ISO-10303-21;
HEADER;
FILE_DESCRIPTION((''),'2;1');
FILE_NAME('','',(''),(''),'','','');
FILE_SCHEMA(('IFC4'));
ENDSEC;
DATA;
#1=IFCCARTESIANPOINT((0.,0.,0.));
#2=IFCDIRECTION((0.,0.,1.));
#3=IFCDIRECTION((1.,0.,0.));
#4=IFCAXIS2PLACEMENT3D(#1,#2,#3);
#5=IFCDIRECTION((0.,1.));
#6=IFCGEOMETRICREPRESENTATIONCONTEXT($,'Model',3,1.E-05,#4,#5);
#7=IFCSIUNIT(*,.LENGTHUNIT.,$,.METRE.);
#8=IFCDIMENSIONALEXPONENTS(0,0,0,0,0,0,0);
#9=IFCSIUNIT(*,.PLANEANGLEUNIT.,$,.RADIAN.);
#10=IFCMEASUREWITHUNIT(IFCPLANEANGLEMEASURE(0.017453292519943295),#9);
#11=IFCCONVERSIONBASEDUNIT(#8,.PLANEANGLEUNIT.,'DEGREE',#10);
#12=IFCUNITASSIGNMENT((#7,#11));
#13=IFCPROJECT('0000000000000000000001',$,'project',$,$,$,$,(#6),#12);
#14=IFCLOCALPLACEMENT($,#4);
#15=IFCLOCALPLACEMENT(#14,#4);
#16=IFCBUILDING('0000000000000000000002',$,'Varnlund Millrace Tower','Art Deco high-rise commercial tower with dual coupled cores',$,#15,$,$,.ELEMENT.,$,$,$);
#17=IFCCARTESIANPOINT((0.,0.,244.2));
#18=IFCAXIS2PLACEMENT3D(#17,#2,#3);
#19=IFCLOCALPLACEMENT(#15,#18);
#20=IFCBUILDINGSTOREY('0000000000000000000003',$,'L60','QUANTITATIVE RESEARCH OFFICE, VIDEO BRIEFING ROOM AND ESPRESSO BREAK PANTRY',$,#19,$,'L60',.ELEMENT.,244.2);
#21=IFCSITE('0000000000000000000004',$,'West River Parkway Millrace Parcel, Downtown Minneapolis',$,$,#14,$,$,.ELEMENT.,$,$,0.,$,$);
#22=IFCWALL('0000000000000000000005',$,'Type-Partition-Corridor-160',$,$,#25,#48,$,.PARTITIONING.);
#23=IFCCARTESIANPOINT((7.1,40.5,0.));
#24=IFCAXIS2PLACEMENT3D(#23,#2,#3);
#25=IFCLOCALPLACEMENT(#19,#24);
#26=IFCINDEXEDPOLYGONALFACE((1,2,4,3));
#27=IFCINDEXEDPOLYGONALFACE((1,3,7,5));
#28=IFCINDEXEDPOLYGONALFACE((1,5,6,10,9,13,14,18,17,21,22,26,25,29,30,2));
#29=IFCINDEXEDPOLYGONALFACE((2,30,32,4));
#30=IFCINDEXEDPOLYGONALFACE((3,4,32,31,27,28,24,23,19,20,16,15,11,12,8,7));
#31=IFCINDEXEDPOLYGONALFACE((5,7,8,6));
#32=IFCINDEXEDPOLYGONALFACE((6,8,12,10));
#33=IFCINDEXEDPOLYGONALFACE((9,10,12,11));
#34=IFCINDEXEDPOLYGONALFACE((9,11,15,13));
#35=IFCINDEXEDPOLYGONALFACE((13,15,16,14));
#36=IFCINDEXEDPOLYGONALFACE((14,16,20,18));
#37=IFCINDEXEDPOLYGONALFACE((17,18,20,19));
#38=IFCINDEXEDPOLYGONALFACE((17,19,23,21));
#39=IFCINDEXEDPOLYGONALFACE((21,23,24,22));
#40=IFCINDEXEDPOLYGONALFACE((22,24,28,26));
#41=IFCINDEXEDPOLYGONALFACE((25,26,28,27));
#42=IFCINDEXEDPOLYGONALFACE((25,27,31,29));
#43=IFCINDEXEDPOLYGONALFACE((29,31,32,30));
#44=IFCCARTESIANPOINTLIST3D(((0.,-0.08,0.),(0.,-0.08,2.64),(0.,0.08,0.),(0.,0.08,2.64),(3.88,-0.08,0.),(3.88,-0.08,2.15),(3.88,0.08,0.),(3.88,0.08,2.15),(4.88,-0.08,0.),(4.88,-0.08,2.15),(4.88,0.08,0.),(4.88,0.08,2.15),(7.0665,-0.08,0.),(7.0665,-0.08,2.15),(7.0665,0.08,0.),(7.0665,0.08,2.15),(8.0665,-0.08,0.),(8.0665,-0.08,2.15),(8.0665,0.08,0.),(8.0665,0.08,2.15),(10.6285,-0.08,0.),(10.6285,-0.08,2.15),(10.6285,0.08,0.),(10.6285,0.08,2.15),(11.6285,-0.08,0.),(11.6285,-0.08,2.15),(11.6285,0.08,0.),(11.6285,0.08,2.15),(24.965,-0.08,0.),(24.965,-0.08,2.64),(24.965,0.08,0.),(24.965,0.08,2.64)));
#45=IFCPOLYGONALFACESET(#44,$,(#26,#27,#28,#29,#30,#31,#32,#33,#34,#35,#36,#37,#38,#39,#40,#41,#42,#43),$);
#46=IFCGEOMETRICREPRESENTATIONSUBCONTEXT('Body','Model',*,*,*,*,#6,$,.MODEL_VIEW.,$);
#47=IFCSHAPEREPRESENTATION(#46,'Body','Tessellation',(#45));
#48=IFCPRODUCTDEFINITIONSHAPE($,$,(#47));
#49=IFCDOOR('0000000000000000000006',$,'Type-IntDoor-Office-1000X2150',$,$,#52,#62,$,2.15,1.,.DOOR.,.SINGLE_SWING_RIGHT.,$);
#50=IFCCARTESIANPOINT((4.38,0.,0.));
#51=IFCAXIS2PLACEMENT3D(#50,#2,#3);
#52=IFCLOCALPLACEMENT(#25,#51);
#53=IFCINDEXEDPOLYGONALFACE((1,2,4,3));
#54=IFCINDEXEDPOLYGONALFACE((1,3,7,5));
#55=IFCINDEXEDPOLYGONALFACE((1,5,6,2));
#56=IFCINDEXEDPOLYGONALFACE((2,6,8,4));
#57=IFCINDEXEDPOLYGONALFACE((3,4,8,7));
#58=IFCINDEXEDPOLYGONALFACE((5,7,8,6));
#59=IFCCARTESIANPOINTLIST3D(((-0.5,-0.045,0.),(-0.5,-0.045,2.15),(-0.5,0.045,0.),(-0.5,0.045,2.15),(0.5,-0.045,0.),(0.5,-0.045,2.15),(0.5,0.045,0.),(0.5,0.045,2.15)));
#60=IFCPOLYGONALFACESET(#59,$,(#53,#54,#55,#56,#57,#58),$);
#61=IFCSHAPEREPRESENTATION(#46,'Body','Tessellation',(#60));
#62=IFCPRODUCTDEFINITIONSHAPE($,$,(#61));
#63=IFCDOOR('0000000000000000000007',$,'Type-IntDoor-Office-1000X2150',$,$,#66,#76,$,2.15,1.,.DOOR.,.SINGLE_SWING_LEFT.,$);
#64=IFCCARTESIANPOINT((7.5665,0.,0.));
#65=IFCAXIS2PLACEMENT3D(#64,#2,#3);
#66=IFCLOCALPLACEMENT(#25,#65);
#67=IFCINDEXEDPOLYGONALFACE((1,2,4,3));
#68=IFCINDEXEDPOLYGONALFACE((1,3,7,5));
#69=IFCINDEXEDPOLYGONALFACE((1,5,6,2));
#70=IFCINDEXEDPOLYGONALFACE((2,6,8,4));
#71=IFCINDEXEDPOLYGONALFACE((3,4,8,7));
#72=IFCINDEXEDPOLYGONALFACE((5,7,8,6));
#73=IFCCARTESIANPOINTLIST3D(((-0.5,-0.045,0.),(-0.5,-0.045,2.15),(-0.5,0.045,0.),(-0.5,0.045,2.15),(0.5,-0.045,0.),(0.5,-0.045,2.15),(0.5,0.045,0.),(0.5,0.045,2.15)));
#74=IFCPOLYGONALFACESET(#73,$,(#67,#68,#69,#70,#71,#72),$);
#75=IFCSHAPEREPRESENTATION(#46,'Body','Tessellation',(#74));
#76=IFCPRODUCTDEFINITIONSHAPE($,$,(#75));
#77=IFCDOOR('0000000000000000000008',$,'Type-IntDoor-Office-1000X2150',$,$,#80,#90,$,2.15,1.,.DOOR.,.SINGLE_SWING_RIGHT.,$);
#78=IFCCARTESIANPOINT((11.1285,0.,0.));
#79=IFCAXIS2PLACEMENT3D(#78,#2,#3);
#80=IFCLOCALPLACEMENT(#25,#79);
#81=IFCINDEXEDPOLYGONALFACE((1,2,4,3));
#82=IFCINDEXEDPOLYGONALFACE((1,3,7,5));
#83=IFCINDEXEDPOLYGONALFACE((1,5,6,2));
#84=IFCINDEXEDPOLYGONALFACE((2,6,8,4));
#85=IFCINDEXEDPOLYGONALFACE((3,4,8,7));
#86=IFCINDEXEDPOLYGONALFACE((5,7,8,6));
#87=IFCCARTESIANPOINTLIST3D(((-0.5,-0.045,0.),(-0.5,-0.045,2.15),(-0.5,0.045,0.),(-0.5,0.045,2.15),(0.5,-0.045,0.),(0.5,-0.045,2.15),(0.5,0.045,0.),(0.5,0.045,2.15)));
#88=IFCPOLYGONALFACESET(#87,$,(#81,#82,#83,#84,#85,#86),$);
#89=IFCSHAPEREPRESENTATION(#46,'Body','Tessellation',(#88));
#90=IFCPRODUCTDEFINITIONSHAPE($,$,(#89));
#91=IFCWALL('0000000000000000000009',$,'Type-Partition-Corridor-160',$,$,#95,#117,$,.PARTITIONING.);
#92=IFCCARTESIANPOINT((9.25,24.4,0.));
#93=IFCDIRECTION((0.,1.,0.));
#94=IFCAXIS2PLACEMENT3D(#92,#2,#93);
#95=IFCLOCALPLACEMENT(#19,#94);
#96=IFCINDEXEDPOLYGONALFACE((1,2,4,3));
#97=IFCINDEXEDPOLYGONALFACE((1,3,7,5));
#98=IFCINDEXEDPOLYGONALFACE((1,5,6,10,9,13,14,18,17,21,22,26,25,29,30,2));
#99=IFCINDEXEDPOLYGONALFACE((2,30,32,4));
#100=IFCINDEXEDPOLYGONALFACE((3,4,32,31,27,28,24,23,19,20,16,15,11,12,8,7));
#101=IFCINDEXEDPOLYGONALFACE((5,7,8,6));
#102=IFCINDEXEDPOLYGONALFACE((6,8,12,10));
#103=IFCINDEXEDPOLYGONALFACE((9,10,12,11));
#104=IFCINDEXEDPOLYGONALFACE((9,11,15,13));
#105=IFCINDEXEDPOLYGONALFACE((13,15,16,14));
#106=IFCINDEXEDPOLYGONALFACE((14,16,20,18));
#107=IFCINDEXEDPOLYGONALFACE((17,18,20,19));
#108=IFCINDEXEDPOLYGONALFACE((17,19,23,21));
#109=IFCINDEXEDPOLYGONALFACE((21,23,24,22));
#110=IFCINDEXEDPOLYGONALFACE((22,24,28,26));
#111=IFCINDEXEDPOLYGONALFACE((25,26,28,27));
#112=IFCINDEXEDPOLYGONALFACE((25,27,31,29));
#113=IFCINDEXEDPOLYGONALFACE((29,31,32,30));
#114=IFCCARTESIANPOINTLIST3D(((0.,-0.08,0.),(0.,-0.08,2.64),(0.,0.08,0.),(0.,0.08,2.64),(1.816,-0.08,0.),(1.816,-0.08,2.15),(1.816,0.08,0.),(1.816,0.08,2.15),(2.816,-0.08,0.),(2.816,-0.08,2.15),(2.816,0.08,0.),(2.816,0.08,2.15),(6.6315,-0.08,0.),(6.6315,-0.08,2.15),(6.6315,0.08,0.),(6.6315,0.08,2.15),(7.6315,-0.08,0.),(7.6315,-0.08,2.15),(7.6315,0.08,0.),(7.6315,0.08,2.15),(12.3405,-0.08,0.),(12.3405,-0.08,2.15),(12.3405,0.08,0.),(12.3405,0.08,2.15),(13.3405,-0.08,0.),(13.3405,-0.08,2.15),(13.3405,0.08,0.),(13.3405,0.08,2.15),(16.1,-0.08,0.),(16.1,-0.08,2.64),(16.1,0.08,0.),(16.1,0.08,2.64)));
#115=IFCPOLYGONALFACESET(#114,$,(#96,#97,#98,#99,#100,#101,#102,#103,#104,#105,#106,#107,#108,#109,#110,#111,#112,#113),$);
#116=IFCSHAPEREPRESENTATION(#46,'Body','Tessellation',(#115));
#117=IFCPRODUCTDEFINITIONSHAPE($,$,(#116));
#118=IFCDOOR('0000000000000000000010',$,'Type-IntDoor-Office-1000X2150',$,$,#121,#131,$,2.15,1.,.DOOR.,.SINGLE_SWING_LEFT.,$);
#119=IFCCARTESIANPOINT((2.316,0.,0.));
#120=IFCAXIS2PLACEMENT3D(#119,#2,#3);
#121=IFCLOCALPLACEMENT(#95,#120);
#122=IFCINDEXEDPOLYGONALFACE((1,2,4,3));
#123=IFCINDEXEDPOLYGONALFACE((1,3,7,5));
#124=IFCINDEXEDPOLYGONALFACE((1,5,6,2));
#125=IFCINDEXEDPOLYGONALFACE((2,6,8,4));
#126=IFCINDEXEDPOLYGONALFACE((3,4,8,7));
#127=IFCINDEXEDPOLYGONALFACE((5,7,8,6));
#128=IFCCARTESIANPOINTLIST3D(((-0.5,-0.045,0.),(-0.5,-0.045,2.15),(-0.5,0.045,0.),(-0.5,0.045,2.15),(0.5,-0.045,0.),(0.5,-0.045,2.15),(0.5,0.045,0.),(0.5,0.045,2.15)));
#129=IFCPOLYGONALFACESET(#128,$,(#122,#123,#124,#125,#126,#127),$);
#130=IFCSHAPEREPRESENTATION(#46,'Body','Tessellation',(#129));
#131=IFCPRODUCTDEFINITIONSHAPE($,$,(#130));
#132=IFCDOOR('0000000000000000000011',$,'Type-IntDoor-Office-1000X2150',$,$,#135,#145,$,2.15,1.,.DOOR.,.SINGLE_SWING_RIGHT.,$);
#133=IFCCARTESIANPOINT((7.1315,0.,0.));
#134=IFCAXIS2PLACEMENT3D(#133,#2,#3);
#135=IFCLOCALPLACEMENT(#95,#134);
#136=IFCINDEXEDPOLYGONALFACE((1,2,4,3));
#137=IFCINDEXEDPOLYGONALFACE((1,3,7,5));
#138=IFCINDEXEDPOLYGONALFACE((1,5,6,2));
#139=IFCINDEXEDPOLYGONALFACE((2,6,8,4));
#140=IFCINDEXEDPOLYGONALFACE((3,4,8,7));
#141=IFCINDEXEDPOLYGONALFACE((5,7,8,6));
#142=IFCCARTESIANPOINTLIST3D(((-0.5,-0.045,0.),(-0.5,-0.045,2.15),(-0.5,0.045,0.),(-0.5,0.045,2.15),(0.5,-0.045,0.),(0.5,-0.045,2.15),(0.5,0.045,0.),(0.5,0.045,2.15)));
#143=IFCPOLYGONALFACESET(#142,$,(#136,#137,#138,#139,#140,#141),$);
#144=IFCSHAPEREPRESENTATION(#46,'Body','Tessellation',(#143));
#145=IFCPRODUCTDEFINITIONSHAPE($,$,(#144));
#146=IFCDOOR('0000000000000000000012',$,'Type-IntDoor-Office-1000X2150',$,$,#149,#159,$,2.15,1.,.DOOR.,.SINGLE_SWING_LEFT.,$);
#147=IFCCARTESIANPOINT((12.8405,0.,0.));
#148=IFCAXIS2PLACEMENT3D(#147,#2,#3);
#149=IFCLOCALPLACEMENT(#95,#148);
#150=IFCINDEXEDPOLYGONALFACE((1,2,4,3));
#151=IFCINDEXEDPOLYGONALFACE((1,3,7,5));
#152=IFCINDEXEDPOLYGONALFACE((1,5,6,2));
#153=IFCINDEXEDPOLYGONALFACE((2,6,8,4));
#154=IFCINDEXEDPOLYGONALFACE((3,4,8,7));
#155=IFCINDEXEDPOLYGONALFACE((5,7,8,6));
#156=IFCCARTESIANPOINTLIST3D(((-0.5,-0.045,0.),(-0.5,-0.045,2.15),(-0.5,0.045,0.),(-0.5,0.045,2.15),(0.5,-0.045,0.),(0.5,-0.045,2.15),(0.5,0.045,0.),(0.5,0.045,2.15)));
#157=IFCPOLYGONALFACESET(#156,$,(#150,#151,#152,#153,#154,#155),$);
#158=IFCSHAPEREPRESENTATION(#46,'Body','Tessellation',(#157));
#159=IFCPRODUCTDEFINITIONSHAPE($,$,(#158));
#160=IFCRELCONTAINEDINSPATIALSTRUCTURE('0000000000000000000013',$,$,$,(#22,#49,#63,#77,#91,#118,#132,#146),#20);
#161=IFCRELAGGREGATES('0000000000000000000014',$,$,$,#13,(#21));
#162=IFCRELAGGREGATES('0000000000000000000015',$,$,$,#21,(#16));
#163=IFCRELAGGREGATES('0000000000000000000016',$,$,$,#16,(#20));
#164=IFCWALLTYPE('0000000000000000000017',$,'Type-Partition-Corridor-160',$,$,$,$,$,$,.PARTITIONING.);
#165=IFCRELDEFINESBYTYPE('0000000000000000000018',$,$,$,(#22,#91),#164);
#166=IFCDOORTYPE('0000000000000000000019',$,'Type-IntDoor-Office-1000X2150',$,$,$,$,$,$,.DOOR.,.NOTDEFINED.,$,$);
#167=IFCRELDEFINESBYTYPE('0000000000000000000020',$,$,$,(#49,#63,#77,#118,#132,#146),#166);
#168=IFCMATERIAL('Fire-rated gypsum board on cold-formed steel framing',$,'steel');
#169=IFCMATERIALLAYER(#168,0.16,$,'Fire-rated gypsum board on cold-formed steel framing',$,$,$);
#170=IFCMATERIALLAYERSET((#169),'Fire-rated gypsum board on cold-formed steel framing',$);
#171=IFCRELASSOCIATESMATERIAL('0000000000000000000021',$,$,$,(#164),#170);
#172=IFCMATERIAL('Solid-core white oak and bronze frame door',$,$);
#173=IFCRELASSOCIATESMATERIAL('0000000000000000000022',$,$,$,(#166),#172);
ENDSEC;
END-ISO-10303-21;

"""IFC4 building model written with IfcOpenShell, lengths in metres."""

from ifc_helpers import new_model, entity, si_unit, converted_unit, direction, frame, origin_with_axes, origin_2d_with_axis, place, context, subcontext, project, spatial, polyline, rectangle, outline, extrude, material, layer, layer_set, type_object, element, fill, save


model = new_model("IFC4")

# Units and contexts
model_context = context("Model", 3, precision=1e-05, world=origin_with_axes(), true_north=direction((0.0, 1.0)))
body_context = subcontext(model_context, "Body", "Model", "MODEL_VIEW")
ifc_project = project(units=[si_unit("LENGTHUNIT", "METRE"), converted_unit("PLANEANGLEUNIT", "DEGREE", entity("IfcPlaneAngleMeasure", 0.017453292519943295), si_unit("PLANEANGLEUNIT", "RADIAN"), dimensions=[0, 0, 0, 0, 0, 0, 0])], contexts=[model_context])

# Site, building, storey
site_placement = place(None, origin_with_axes())
site = spatial("IfcSite", under=ifc_project, at=site_placement, Name="West River Parkway Millrace Parcel, Downtown Minneapolis", CompositionType="ELEMENT", RefElevation=0.0)
building_placement = place(site_placement, origin_with_axes())
building = spatial("IfcBuilding", under=site, at=building_placement, Name="Varnlund Millrace Tower", Description="Art Deco high-rise commercial tower with dual coupled cores", CompositionType="ELEMENT")
storey_placement = place(building_placement, frame((0.0, 0.0, 244.2), z_axis=(0.0, 0.0, 1.0), x_axis=(1.0, 0.0, 0.0)))
storey = spatial("IfcBuildingStorey", under=building, at=storey_placement, Name="L60", Description="QUANTITATIVE RESEARCH OFFICE, VIDEO BRIEFING ROOM AND ESPRESSO BREAK PANTRY", LongName="L60", CompositionType="ELEMENT", Elevation=244.2)

# Shared definitions
ifc_material_1 = material(Name="Fire-rated gypsum board on cold-formed steel framing", Category="steel")
ifc_layer_1 = layer(ifc_material_1, 0.16, Name="Fire-rated gypsum board on cold-formed steel framing")
ifc_layer_set_1 = layer_set([ifc_layer_1], Name="Fire-rated gypsum board on cold-formed steel framing")
wall_type_1 = type_object("IfcWallType", Name="Type-Partition-Corridor-160", PredefinedType="PARTITIONING", material=ifc_layer_set_1)

# Walls, openings, doors
wall_1_placement = place(storey_placement, frame((7.1, 40.5, 0.0), z_axis=(0.0, 0.0, 1.0), x_axis=(1.0, 0.0, 0.0)))
wall_1 = element("IfcWall", 1, at=wall_1_placement, inside=storey, type_object=wall_type_1, Name="Type-Partition-Corridor-160", PredefinedType="PARTITIONING", context=body_context, shape_type="SweptSolid", body=[
    extrude(outline(polyline([(0.0, -0.08), (24.965, -0.08), (24.965, 0.08), (0.0, 0.08), (0.0, -0.08)])), origin_with_axes(), (0.0, 0.0, 1.0), 2.64),
])
opening_1_placement = place(wall_1_placement, frame((4.38, 0.0, 0.0), z_axis=(0.0, 0.0, 1.0), x_axis=(1.0, 0.0, 0.0)))
opening_1 = element("IfcOpeningElement", 2, at=opening_1_placement, cuts=wall_1, PredefinedType="OPENING", context=body_context, shape_type="SweptSolid", body=[
    extrude(rectangle(XDim=1.0, YDim=0.18, at=origin_2d_with_axis()), origin_with_axes(), (0.0, 0.0, 1.0), 2.15),
])
opening_2_placement = place(wall_1_placement, frame((7.5665, 0.0, 0.0), z_axis=(0.0, 0.0, 1.0), x_axis=(1.0, 0.0, 0.0)))
opening_2 = element("IfcOpeningElement", 3, at=opening_2_placement, cuts=wall_1, PredefinedType="OPENING", context=body_context, shape_type="SweptSolid", body=[
    extrude(rectangle(XDim=1.0, YDim=0.18, at=origin_2d_with_axis()), origin_with_axes(), (0.0, 0.0, 1.0), 2.15),
])
opening_3_placement = place(wall_1_placement, frame((11.1285, 0.0, 0.0), z_axis=(0.0, 0.0, 1.0), x_axis=(1.0, 0.0, 0.0)))
opening_3 = element("IfcOpeningElement", 4, at=opening_3_placement, cuts=wall_1, PredefinedType="OPENING", context=body_context, shape_type="SweptSolid", body=[
    extrude(rectangle(XDim=1.0, YDim=0.18, at=origin_2d_with_axis()), origin_with_axes(), (0.0, 0.0, 1.0), 2.15),
])
ifc_material_2 = material(Name="Solid-core white oak and bronze frame door")
door_type_1 = type_object("IfcDoorType", Name="Type-IntDoor-Office-1000X2150", OperationType="NOTDEFINED", PredefinedType="DOOR", material=ifc_material_2)
door_1_placement = place(wall_1_placement, frame((4.38, 0.0, 0.0), z_axis=(0.0, 0.0, 1.0), x_axis=(1.0, 0.0, 0.0)))
door_1 = element("IfcDoor", 5, at=door_1_placement, inside=storey, type_object=door_type_1, Name="Type-IntDoor-Office-1000X2150", OperationType="SINGLE_SWING_RIGHT", OverallHeight=2.15, OverallWidth=1.0, PredefinedType="DOOR", context=body_context, shape_type="SweptSolid", body=[
    extrude(rectangle(XDim=1.0, YDim=0.09, at=origin_2d_with_axis()), origin_with_axes(), (0.0, 0.0, 1.0), 2.15),
])
fill(opening_1, door_1)
door_2_placement = place(wall_1_placement, frame((7.5665, 0.0, 0.0), z_axis=(0.0, 0.0, 1.0), x_axis=(1.0, 0.0, 0.0)))
door_2 = element("IfcDoor", 6, at=door_2_placement, inside=storey, type_object=door_type_1, Name="Type-IntDoor-Office-1000X2150", OperationType="SINGLE_SWING_LEFT", OverallHeight=2.15, OverallWidth=1.0, PredefinedType="DOOR", context=body_context, shape_type="SweptSolid", body=[
    extrude(rectangle(XDim=1.0, YDim=0.09, at=origin_2d_with_axis()), origin_with_axes(), (0.0, 0.0, 1.0), 2.15),
])
fill(opening_2, door_2)
door_3_placement = place(wall_1_placement, frame((11.1285, 0.0, 0.0), z_axis=(0.0, 0.0, 1.0), x_axis=(1.0, 0.0, 0.0)))
door_3 = element("IfcDoor", 7, at=door_3_placement, inside=storey, type_object=door_type_1, Name="Type-IntDoor-Office-1000X2150", OperationType="SINGLE_SWING_RIGHT", OverallHeight=2.15, OverallWidth=1.0, PredefinedType="DOOR", context=body_context, shape_type="SweptSolid", body=[
    extrude(rectangle(XDim=1.0, YDim=0.09, at=origin_2d_with_axis()), origin_with_axes(), (0.0, 0.0, 1.0), 2.15),
])
fill(opening_3, door_3)
wall_2_placement = place(storey_placement, frame((9.25, 24.4, 0.0), z_axis=(0.0, 0.0, 1.0), x_axis=(0.0, 1.0, 0.0)))
wall_2 = element("IfcWall", 8, at=wall_2_placement, inside=storey, type_object=wall_type_1, Name="Type-Partition-Corridor-160", PredefinedType="PARTITIONING", context=body_context, shape_type="SweptSolid", body=[
    extrude(outline(polyline([(0.0, -0.08), (16.1, -0.08), (16.1, 0.08), (0.0, 0.08), (0.0, -0.08)])), origin_with_axes(), (0.0, 0.0, 1.0), 2.64),
])
opening_4_placement = place(wall_2_placement, frame((2.316, 0.0, 0.0), z_axis=(0.0, 0.0, 1.0), x_axis=(1.0, 0.0, 0.0)))
opening_4 = element("IfcOpeningElement", 9, at=opening_4_placement, cuts=wall_2, PredefinedType="OPENING", context=body_context, shape_type="SweptSolid", body=[
    extrude(rectangle(XDim=1.0, YDim=0.18, at=origin_2d_with_axis()), origin_with_axes(), (0.0, 0.0, 1.0), 2.15),
])
opening_5_placement = place(wall_2_placement, frame((7.1315, 0.0, 0.0), z_axis=(0.0, 0.0, 1.0), x_axis=(1.0, 0.0, 0.0)))
opening_5 = element("IfcOpeningElement", 10, at=opening_5_placement, cuts=wall_2, PredefinedType="OPENING", context=body_context, shape_type="SweptSolid", body=[
    extrude(rectangle(XDim=1.0, YDim=0.18, at=origin_2d_with_axis()), origin_with_axes(), (0.0, 0.0, 1.0), 2.15),
])
opening_6_placement = place(wall_2_placement, frame((12.8405, 0.0, 0.0), z_axis=(0.0, 0.0, 1.0), x_axis=(1.0, 0.0, 0.0)))
opening_6 = element("IfcOpeningElement", 11, at=opening_6_placement, cuts=wall_2, PredefinedType="OPENING", context=body_context, shape_type="SweptSolid", body=[
    extrude(rectangle(XDim=1.0, YDim=0.18, at=origin_2d_with_axis()), origin_with_axes(), (0.0, 0.0, 1.0), 2.15),
])
door_4_placement = place(wall_2_placement, frame((2.316, 0.0, 0.0), z_axis=(0.0, 0.0, 1.0), x_axis=(1.0, 0.0, 0.0)))
door_4 = element("IfcDoor", 12, at=door_4_placement, inside=storey, type_object=door_type_1, Name="Type-IntDoor-Office-1000X2150", OperationType="SINGLE_SWING_LEFT", OverallHeight=2.15, OverallWidth=1.0, PredefinedType="DOOR", context=body_context, shape_type="SweptSolid", body=[
    extrude(rectangle(XDim=1.0, YDim=0.09, at=origin_2d_with_axis()), origin_with_axes(), (0.0, 0.0, 1.0), 2.15),
])
fill(opening_4, door_4)
door_5_placement = place(wall_2_placement, frame((7.1315, 0.0, 0.0), z_axis=(0.0, 0.0, 1.0), x_axis=(1.0, 0.0, 0.0)))
door_5 = element("IfcDoor", 13, at=door_5_placement, inside=storey, type_object=door_type_1, Name="Type-IntDoor-Office-1000X2150", OperationType="SINGLE_SWING_RIGHT", OverallHeight=2.15, OverallWidth=1.0, PredefinedType="DOOR", context=body_context, shape_type="SweptSolid", body=[
    extrude(rectangle(XDim=1.0, YDim=0.09, at=origin_2d_with_axis()), origin_with_axes(), (0.0, 0.0, 1.0), 2.15),
])
fill(opening_5, door_5)
door_6_placement = place(wall_2_placement, frame((12.8405, 0.0, 0.0), z_axis=(0.0, 0.0, 1.0), x_axis=(1.0, 0.0, 0.0)))
door_6 = element("IfcDoor", 14, at=door_6_placement, inside=storey, type_object=door_type_1, Name="Type-IntDoor-Office-1000X2150", OperationType="SINGLE_SWING_LEFT", OverallHeight=2.15, OverallWidth=1.0, PredefinedType="DOOR", context=body_context, shape_type="SweptSolid", body=[
    extrude(rectangle(XDim=1.0, YDim=0.09, at=origin_2d_with_axis()), origin_with_axes(), (0.0, 0.0, 1.0), 2.15),
])
fill(opening_6, door_6)

save(model, "model.ifc")
